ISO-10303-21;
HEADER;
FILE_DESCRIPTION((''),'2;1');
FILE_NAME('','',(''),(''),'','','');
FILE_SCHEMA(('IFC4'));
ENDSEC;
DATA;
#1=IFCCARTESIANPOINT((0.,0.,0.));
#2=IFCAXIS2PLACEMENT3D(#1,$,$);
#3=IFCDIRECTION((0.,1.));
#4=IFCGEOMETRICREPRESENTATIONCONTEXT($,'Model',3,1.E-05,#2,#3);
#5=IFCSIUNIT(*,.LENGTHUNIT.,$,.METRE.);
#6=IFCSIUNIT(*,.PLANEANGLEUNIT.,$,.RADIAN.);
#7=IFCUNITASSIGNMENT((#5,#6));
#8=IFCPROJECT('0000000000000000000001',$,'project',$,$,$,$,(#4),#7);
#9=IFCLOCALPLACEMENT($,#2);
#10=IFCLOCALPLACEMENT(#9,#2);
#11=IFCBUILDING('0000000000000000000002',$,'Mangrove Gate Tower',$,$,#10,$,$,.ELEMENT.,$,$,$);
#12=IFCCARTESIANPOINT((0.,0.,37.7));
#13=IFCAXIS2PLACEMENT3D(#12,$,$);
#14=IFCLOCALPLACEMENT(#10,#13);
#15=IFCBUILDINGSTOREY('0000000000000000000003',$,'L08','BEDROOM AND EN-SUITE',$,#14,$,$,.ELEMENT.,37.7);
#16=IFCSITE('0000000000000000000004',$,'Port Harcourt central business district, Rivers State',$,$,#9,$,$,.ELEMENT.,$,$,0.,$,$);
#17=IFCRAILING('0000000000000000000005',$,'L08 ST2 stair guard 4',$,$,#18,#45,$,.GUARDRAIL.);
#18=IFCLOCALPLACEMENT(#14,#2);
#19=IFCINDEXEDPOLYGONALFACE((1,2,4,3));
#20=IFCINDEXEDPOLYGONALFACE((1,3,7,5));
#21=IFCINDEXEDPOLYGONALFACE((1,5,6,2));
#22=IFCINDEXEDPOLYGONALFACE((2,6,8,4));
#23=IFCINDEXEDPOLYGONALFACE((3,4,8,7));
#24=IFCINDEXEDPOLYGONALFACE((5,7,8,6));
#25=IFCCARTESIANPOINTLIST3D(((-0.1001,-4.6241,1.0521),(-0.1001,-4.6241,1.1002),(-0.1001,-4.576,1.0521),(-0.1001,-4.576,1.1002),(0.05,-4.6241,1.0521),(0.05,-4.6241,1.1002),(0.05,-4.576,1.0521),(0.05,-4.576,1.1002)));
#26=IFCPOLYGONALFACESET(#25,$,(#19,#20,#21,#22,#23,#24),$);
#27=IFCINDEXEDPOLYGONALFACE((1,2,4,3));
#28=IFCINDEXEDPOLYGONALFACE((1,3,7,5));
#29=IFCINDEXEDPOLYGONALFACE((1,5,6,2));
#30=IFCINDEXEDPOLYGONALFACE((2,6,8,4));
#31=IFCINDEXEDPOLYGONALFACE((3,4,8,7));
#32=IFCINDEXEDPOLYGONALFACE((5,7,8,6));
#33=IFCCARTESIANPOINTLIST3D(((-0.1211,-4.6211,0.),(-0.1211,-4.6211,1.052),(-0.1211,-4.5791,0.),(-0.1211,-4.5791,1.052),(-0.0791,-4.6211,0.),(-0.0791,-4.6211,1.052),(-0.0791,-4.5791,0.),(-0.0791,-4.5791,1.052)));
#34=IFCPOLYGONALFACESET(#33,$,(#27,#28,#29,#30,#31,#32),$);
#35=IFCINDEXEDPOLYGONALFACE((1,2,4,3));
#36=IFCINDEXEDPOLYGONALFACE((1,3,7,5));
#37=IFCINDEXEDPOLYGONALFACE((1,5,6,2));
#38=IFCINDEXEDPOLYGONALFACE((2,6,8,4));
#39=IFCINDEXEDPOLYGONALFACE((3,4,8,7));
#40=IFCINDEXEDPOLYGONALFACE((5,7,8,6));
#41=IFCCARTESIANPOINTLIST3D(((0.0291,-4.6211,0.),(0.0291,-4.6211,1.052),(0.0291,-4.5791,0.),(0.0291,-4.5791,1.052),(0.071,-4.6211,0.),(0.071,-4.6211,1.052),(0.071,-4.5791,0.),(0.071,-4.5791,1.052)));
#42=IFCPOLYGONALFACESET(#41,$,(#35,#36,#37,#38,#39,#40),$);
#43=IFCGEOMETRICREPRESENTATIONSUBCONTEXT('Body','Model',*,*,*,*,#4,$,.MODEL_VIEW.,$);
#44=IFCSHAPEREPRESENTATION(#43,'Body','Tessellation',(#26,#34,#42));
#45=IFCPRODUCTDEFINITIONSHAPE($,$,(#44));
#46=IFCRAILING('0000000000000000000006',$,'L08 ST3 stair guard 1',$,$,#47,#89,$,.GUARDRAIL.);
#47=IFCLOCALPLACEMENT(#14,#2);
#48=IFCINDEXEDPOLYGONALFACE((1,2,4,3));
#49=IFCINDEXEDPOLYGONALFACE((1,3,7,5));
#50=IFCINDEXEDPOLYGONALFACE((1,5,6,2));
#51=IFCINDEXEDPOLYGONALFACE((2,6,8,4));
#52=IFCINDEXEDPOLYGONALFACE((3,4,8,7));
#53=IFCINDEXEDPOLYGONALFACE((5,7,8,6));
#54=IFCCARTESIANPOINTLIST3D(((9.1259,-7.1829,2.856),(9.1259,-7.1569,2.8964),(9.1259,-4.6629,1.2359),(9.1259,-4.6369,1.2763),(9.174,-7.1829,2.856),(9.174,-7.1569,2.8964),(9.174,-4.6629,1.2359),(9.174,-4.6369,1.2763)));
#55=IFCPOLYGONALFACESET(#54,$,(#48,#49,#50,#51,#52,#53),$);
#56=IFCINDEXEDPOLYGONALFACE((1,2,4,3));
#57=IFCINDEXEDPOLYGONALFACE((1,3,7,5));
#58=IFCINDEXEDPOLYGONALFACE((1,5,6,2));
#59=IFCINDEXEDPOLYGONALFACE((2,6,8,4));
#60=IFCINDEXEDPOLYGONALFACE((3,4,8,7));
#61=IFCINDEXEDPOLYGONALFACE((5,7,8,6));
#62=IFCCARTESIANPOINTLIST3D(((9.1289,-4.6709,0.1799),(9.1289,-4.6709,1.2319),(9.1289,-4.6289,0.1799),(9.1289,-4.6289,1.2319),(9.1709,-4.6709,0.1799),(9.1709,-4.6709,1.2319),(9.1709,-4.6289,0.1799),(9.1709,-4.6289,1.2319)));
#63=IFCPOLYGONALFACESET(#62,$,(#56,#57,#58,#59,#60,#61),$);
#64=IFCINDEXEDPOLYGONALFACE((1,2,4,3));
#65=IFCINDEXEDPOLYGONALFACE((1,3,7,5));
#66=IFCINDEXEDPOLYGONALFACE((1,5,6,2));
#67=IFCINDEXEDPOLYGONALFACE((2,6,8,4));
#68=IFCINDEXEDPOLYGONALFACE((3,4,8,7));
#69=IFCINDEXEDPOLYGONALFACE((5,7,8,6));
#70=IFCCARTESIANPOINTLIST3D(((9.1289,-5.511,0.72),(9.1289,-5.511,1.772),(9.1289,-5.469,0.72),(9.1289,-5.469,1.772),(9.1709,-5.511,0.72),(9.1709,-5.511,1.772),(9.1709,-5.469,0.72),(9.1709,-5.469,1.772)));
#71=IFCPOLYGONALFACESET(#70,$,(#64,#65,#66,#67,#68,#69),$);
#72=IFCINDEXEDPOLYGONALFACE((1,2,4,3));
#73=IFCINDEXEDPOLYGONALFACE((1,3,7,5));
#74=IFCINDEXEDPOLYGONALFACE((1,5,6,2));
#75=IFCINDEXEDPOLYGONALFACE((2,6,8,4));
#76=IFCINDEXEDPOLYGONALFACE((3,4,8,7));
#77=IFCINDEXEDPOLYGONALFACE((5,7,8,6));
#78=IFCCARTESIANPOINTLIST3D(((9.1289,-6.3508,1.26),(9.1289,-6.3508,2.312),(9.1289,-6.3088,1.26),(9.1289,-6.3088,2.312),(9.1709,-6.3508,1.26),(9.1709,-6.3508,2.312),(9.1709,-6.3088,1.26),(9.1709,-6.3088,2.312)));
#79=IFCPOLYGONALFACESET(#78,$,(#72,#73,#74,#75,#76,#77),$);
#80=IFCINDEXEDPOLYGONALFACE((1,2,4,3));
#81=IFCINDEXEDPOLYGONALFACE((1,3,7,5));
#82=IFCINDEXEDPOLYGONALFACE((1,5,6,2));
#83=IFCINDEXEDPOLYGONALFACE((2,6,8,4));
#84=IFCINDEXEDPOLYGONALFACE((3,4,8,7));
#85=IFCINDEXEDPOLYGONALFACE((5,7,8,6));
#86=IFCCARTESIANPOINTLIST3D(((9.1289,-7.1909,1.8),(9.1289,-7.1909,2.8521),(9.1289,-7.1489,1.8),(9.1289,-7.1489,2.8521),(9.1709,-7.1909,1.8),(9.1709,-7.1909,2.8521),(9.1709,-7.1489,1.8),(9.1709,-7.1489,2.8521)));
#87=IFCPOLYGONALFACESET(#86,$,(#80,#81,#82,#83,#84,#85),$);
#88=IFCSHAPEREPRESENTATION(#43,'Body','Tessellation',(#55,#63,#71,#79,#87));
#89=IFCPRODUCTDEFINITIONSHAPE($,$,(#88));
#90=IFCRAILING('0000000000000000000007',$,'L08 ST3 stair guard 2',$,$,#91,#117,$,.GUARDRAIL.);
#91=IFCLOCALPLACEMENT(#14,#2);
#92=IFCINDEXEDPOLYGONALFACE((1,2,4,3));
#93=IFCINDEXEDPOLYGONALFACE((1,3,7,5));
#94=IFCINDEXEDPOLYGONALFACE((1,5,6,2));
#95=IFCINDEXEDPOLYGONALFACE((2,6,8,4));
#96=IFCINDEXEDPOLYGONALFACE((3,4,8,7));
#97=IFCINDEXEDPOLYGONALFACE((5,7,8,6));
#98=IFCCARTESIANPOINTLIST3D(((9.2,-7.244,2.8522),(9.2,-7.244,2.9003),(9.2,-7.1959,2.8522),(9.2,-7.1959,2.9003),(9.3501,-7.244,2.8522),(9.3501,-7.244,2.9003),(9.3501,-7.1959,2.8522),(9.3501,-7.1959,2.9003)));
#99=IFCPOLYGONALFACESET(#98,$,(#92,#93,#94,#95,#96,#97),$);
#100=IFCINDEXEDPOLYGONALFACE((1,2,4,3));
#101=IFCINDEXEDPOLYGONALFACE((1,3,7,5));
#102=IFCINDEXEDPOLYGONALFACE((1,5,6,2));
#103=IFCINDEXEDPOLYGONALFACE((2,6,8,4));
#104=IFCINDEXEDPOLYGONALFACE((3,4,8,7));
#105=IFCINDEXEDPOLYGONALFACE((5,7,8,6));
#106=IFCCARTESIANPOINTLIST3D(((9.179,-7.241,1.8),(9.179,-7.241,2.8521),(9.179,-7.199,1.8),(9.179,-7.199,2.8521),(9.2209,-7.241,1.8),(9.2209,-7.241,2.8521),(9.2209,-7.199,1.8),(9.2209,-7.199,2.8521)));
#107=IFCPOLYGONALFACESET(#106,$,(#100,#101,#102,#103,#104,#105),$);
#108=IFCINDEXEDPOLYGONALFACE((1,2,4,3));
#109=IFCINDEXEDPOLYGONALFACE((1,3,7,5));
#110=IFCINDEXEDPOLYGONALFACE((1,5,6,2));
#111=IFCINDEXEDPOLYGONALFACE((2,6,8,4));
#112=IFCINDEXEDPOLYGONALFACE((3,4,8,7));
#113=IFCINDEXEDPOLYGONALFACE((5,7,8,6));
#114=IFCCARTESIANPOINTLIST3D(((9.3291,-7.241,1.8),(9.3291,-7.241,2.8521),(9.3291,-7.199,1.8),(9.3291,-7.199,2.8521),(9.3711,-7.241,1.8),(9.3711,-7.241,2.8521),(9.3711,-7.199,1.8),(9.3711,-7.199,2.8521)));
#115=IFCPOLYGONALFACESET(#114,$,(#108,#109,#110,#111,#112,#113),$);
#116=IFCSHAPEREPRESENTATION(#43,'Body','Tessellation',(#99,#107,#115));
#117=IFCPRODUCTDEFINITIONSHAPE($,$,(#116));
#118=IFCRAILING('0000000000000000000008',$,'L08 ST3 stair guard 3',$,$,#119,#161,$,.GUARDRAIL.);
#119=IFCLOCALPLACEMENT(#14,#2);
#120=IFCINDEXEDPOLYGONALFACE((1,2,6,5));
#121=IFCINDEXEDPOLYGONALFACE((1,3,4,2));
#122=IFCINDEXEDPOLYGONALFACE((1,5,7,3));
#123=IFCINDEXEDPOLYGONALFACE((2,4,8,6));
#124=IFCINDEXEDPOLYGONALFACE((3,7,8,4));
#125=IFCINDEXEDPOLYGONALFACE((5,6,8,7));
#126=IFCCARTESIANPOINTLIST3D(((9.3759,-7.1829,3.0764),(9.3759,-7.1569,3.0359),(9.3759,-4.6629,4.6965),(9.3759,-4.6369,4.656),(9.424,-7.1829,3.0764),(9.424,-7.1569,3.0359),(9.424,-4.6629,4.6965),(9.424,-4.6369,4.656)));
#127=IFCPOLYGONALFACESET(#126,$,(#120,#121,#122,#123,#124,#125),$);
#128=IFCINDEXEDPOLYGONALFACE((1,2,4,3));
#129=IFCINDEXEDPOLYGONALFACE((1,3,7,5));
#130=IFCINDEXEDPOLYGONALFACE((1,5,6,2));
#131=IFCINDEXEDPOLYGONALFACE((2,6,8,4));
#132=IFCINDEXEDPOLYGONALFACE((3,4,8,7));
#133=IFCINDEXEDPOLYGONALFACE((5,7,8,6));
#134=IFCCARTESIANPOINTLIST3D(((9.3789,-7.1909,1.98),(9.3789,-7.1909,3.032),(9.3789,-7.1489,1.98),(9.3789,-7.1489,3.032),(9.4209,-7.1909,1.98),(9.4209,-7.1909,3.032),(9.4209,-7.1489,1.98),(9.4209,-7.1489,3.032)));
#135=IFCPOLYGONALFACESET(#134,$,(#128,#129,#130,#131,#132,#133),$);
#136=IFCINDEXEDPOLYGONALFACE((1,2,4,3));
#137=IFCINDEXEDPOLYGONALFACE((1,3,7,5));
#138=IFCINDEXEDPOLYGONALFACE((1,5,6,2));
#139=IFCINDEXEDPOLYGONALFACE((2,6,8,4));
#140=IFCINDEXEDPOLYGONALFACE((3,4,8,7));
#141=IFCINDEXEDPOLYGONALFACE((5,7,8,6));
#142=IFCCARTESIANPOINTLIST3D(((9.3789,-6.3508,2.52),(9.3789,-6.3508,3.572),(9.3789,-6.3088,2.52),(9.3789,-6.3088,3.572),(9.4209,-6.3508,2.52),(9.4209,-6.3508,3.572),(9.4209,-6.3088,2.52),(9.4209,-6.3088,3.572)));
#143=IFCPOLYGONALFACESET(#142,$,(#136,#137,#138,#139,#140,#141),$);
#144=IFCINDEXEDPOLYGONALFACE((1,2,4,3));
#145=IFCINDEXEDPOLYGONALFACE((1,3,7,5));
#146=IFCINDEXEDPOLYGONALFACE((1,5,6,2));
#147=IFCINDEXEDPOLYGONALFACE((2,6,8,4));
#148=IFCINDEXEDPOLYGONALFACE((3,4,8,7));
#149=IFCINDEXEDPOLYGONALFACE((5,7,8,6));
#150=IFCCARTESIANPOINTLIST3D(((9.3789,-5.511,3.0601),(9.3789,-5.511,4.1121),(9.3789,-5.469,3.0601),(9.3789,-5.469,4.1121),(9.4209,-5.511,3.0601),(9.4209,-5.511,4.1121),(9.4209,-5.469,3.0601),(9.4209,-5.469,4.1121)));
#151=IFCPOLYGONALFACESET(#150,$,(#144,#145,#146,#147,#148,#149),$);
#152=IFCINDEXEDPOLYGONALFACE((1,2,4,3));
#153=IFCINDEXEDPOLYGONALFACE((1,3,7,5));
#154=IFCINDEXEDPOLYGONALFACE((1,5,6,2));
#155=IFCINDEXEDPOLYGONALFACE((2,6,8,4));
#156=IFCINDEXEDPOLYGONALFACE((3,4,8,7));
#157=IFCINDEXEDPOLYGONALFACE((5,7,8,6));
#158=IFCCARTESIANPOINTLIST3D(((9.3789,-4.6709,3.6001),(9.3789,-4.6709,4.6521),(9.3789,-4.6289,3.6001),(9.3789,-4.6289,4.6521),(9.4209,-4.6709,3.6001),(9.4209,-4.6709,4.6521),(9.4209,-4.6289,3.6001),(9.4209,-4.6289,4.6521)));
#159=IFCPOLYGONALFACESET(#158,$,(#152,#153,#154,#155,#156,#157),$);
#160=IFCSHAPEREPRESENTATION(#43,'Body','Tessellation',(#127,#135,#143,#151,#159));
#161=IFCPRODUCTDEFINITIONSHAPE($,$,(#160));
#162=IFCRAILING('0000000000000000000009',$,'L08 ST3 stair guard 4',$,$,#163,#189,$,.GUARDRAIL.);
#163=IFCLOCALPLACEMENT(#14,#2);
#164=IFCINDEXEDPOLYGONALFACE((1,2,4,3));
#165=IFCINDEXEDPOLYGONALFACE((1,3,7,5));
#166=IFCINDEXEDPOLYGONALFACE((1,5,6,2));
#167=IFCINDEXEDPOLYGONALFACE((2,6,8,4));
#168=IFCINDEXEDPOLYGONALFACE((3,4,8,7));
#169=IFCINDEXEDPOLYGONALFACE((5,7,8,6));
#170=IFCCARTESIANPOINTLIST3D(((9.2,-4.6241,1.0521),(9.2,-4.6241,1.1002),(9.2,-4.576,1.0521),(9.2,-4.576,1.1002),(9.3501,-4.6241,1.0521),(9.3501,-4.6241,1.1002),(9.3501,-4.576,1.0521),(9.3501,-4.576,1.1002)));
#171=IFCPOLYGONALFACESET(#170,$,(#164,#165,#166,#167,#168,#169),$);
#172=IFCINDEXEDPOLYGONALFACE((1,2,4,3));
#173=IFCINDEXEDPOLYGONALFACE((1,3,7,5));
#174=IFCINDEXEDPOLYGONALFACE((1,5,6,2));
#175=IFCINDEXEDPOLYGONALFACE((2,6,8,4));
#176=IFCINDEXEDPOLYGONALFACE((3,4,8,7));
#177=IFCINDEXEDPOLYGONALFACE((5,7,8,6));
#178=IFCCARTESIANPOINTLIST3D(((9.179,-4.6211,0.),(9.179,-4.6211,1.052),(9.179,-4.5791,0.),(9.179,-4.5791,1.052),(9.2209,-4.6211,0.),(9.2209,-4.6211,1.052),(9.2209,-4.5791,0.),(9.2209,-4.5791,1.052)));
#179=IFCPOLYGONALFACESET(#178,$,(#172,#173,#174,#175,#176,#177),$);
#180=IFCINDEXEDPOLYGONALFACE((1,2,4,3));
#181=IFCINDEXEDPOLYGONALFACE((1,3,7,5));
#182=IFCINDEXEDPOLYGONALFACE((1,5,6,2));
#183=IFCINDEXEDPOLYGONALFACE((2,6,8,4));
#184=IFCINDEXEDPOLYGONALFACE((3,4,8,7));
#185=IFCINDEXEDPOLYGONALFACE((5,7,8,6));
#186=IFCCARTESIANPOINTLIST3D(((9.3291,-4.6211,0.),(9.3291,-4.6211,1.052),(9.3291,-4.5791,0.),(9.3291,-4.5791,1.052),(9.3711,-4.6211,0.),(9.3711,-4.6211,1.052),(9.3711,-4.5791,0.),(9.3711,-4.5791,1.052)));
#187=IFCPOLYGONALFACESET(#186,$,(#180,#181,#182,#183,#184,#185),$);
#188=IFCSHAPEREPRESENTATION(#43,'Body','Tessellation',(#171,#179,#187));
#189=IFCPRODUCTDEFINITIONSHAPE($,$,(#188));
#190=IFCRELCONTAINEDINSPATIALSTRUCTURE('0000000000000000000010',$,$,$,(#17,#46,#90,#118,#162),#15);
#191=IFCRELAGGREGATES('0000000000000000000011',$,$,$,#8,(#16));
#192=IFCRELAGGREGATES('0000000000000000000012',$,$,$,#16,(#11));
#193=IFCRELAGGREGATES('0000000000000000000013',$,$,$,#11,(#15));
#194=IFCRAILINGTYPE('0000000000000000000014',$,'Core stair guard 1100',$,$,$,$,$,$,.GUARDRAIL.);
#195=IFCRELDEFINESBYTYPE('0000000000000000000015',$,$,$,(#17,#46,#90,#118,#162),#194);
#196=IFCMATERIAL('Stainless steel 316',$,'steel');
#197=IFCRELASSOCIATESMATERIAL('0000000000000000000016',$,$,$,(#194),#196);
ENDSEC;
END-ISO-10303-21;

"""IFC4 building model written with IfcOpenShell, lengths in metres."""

from ifc_helpers import new_model, si_unit, direction, frame, origin, origin_2d, place, context, subcontext, project, spatial, rectangle, extrude, material, type_object, element, save


model = new_model("IFC4")

# Units and contexts
model_context = context("Model", 3, precision=1e-05, world=origin(), true_north=direction((0.0, 1.0)))
body_context = subcontext(model_context, "Body", "Model", "MODEL_VIEW")
ifc_project = project(units=[si_unit("LENGTHUNIT", "METRE"), si_unit("PLANEANGLEUNIT", "RADIAN")], contexts=[model_context])

# Site, building, storey
site_placement = place(None, origin())
site = spatial("IfcSite", under=ifc_project, at=site_placement, Name="Port Harcourt central business district, Rivers State", CompositionType="ELEMENT", RefElevation=0.0)
building_placement = place(site_placement, origin())
building = spatial("IfcBuilding", under=site, at=building_placement, Name="Mangrove Gate Tower", CompositionType="ELEMENT")
storey_placement = place(building_placement, frame((0.0, 0.0, 37.7)))
storey = spatial("IfcBuildingStorey", under=building, at=storey_placement, Name="L08", Description="BEDROOM AND EN-SUITE", CompositionType="ELEMENT", Elevation=37.7)

# Railings
ifc_material_1 = material(Name="Stainless steel 316", Category="steel")
railing_type_1 = type_object("IfcRailingType", Name="Core stair guard 1100", PredefinedType="GUARDRAIL", material=ifc_material_1)
railing_1_placement = place(storey_placement, frame((-0.1001, -4.6001, 0.0)))
element("IfcRailing", 1, at=railing_1_placement, inside=storey, type_object=railing_type_1, Name="L08 ST2 stair guard 4", PredefinedType="GUARDRAIL", context=body_context, shape_type="SweptSolid", body=[
    extrude(rectangle(XDim=0.0481, YDim=0.0481, at=origin_2d()), frame((0.0, 0.0, 1.0762), z_axis=(1.0, 0.0, 0.0), x_axis=(0.0, 1.0, 0.0)), (0.0, 0.0, 1.0), 0.1501),
    extrude(rectangle(XDim=0.042, YDim=0.042, at=origin_2d()), origin(), (0.0, 0.0, 1.0), 1.052),
    extrude(rectangle(XDim=0.042, YDim=0.042, at=origin_2d()), frame((0.1501, 0.0, 0.0)), (0.0, 0.0, 1.0), 1.052),
])
railing_2_placement = place(storey_placement, frame((9.1499, -4.6499, 0.1799)))
element("IfcRailing", 2, at=railing_2_placement, inside=storey, type_object=railing_type_1, Name="L08 ST3 stair guard 1", PredefinedType="GUARDRAIL", context=body_context, shape_type="SweptSolid", body=[
    extrude(rectangle(XDim=0.0481, YDim=0.0481, at=origin_2d()), frame((0.0, 0.0, 1.0762), z_axis=(0.0, -0.841163, 0.540782), x_axis=(1.0, 0.0, 0.0)), (0.0, 0.0, 1.0), 2.9958),
    extrude(rectangle(XDim=0.042, YDim=0.042, at=origin_2d()), origin(), (0.0, 0.0, 1.0), 1.052),
    extrude(rectangle(XDim=0.042, YDim=0.042, at=origin_2d()), frame((0.0, -0.8401, 0.54)), (0.0, 0.0, 1.0), 1.052),
    extrude(rectangle(XDim=0.042, YDim=0.042, at=origin_2d()), frame((0.0, -1.6799, 1.0801)), (0.0, 0.0, 1.0), 1.052),
    extrude(rectangle(XDim=0.042, YDim=0.042, at=origin_2d()), frame((0.0, -2.52, 1.6201)), (0.0, 0.0, 1.0), 1.052),
])
railing_3_placement = place(storey_placement, frame((9.2, -7.22, 1.8)))
element("IfcRailing", 3, at=railing_3_placement, inside=storey, type_object=railing_type_1, Name="L08 ST3 stair guard 2", PredefinedType="GUARDRAIL", context=body_context, shape_type="SweptSolid", body=[
    extrude(rectangle(XDim=0.0481, YDim=0.0481, at=origin_2d()), frame((0.0, 0.0, 1.0762), z_axis=(1.0, 0.0, 0.0), x_axis=(0.0, 1.0, 0.0)), (0.0, 0.0, 1.0), 0.1501),
    extrude(rectangle(XDim=0.042, YDim=0.042, at=origin_2d()), origin(), (0.0, 0.0, 1.0), 1.052),
    extrude(rectangle(XDim=0.042, YDim=0.042, at=origin_2d()), frame((0.1501, 0.0, 0.0)), (0.0, 0.0, 1.0), 1.052),
])
railing_4_placement = place(storey_placement, frame((9.3999, -7.1699, 1.98)))
element("IfcRailing", 4, at=railing_4_placement, inside=storey, type_object=railing_type_1, Name="L08 ST3 stair guard 3", PredefinedType="GUARDRAIL", context=body_context, shape_type="SweptSolid", body=[
    extrude(rectangle(XDim=0.0481, YDim=0.0481, at=origin_2d()), frame((0.0, 0.0, 1.0762), z_axis=(0.0, 0.841163, 0.540782), x_axis=(-1.0, 0.0, 0.0)), (0.0, 0.0, 1.0), 2.9958),
    extrude(rectangle(XDim=0.042, YDim=0.042, at=origin_2d()), origin(), (0.0, 0.0, 1.0), 1.052),
    extrude(rectangle(XDim=0.042, YDim=0.042, at=origin_2d()), frame((0.0, 0.8401, 0.54)), (0.0, 0.0, 1.0), 1.052),
    extrude(rectangle(XDim=0.042, YDim=0.042, at=origin_2d()), frame((0.0, 1.6799, 1.0801)), (0.0, 0.0, 1.0), 1.052),
    extrude(rectangle(XDim=0.042, YDim=0.042, at=origin_2d()), frame((0.0, 2.52, 1.6201)), (0.0, 0.0, 1.0), 1.052),
])
railing_5_placement = place(storey_placement, frame((9.2, -4.6001, 0.0)))
element("IfcRailing", 5, at=railing_5_placement, inside=storey, type_object=railing_type_1, Name="L08 ST3 stair guard 4", PredefinedType="GUARDRAIL", context=body_context, shape_type="SweptSolid", body=[
    extrude(rectangle(XDim=0.0481, YDim=0.0481, at=origin_2d()), frame((0.0, 0.0, 1.0762), z_axis=(1.0, 0.0, 0.0), x_axis=(0.0, 1.0, 0.0)), (0.0, 0.0, 1.0), 0.1501),
    extrude(rectangle(XDim=0.042, YDim=0.042, at=origin_2d()), origin(), (0.0, 0.0, 1.0), 1.052),
    extrude(rectangle(XDim=0.042, YDim=0.042, at=origin_2d()), frame((0.1501, 0.0, 0.0)), (0.0, 0.0, 1.0), 1.052),
])

save(model, "model.ifc")
